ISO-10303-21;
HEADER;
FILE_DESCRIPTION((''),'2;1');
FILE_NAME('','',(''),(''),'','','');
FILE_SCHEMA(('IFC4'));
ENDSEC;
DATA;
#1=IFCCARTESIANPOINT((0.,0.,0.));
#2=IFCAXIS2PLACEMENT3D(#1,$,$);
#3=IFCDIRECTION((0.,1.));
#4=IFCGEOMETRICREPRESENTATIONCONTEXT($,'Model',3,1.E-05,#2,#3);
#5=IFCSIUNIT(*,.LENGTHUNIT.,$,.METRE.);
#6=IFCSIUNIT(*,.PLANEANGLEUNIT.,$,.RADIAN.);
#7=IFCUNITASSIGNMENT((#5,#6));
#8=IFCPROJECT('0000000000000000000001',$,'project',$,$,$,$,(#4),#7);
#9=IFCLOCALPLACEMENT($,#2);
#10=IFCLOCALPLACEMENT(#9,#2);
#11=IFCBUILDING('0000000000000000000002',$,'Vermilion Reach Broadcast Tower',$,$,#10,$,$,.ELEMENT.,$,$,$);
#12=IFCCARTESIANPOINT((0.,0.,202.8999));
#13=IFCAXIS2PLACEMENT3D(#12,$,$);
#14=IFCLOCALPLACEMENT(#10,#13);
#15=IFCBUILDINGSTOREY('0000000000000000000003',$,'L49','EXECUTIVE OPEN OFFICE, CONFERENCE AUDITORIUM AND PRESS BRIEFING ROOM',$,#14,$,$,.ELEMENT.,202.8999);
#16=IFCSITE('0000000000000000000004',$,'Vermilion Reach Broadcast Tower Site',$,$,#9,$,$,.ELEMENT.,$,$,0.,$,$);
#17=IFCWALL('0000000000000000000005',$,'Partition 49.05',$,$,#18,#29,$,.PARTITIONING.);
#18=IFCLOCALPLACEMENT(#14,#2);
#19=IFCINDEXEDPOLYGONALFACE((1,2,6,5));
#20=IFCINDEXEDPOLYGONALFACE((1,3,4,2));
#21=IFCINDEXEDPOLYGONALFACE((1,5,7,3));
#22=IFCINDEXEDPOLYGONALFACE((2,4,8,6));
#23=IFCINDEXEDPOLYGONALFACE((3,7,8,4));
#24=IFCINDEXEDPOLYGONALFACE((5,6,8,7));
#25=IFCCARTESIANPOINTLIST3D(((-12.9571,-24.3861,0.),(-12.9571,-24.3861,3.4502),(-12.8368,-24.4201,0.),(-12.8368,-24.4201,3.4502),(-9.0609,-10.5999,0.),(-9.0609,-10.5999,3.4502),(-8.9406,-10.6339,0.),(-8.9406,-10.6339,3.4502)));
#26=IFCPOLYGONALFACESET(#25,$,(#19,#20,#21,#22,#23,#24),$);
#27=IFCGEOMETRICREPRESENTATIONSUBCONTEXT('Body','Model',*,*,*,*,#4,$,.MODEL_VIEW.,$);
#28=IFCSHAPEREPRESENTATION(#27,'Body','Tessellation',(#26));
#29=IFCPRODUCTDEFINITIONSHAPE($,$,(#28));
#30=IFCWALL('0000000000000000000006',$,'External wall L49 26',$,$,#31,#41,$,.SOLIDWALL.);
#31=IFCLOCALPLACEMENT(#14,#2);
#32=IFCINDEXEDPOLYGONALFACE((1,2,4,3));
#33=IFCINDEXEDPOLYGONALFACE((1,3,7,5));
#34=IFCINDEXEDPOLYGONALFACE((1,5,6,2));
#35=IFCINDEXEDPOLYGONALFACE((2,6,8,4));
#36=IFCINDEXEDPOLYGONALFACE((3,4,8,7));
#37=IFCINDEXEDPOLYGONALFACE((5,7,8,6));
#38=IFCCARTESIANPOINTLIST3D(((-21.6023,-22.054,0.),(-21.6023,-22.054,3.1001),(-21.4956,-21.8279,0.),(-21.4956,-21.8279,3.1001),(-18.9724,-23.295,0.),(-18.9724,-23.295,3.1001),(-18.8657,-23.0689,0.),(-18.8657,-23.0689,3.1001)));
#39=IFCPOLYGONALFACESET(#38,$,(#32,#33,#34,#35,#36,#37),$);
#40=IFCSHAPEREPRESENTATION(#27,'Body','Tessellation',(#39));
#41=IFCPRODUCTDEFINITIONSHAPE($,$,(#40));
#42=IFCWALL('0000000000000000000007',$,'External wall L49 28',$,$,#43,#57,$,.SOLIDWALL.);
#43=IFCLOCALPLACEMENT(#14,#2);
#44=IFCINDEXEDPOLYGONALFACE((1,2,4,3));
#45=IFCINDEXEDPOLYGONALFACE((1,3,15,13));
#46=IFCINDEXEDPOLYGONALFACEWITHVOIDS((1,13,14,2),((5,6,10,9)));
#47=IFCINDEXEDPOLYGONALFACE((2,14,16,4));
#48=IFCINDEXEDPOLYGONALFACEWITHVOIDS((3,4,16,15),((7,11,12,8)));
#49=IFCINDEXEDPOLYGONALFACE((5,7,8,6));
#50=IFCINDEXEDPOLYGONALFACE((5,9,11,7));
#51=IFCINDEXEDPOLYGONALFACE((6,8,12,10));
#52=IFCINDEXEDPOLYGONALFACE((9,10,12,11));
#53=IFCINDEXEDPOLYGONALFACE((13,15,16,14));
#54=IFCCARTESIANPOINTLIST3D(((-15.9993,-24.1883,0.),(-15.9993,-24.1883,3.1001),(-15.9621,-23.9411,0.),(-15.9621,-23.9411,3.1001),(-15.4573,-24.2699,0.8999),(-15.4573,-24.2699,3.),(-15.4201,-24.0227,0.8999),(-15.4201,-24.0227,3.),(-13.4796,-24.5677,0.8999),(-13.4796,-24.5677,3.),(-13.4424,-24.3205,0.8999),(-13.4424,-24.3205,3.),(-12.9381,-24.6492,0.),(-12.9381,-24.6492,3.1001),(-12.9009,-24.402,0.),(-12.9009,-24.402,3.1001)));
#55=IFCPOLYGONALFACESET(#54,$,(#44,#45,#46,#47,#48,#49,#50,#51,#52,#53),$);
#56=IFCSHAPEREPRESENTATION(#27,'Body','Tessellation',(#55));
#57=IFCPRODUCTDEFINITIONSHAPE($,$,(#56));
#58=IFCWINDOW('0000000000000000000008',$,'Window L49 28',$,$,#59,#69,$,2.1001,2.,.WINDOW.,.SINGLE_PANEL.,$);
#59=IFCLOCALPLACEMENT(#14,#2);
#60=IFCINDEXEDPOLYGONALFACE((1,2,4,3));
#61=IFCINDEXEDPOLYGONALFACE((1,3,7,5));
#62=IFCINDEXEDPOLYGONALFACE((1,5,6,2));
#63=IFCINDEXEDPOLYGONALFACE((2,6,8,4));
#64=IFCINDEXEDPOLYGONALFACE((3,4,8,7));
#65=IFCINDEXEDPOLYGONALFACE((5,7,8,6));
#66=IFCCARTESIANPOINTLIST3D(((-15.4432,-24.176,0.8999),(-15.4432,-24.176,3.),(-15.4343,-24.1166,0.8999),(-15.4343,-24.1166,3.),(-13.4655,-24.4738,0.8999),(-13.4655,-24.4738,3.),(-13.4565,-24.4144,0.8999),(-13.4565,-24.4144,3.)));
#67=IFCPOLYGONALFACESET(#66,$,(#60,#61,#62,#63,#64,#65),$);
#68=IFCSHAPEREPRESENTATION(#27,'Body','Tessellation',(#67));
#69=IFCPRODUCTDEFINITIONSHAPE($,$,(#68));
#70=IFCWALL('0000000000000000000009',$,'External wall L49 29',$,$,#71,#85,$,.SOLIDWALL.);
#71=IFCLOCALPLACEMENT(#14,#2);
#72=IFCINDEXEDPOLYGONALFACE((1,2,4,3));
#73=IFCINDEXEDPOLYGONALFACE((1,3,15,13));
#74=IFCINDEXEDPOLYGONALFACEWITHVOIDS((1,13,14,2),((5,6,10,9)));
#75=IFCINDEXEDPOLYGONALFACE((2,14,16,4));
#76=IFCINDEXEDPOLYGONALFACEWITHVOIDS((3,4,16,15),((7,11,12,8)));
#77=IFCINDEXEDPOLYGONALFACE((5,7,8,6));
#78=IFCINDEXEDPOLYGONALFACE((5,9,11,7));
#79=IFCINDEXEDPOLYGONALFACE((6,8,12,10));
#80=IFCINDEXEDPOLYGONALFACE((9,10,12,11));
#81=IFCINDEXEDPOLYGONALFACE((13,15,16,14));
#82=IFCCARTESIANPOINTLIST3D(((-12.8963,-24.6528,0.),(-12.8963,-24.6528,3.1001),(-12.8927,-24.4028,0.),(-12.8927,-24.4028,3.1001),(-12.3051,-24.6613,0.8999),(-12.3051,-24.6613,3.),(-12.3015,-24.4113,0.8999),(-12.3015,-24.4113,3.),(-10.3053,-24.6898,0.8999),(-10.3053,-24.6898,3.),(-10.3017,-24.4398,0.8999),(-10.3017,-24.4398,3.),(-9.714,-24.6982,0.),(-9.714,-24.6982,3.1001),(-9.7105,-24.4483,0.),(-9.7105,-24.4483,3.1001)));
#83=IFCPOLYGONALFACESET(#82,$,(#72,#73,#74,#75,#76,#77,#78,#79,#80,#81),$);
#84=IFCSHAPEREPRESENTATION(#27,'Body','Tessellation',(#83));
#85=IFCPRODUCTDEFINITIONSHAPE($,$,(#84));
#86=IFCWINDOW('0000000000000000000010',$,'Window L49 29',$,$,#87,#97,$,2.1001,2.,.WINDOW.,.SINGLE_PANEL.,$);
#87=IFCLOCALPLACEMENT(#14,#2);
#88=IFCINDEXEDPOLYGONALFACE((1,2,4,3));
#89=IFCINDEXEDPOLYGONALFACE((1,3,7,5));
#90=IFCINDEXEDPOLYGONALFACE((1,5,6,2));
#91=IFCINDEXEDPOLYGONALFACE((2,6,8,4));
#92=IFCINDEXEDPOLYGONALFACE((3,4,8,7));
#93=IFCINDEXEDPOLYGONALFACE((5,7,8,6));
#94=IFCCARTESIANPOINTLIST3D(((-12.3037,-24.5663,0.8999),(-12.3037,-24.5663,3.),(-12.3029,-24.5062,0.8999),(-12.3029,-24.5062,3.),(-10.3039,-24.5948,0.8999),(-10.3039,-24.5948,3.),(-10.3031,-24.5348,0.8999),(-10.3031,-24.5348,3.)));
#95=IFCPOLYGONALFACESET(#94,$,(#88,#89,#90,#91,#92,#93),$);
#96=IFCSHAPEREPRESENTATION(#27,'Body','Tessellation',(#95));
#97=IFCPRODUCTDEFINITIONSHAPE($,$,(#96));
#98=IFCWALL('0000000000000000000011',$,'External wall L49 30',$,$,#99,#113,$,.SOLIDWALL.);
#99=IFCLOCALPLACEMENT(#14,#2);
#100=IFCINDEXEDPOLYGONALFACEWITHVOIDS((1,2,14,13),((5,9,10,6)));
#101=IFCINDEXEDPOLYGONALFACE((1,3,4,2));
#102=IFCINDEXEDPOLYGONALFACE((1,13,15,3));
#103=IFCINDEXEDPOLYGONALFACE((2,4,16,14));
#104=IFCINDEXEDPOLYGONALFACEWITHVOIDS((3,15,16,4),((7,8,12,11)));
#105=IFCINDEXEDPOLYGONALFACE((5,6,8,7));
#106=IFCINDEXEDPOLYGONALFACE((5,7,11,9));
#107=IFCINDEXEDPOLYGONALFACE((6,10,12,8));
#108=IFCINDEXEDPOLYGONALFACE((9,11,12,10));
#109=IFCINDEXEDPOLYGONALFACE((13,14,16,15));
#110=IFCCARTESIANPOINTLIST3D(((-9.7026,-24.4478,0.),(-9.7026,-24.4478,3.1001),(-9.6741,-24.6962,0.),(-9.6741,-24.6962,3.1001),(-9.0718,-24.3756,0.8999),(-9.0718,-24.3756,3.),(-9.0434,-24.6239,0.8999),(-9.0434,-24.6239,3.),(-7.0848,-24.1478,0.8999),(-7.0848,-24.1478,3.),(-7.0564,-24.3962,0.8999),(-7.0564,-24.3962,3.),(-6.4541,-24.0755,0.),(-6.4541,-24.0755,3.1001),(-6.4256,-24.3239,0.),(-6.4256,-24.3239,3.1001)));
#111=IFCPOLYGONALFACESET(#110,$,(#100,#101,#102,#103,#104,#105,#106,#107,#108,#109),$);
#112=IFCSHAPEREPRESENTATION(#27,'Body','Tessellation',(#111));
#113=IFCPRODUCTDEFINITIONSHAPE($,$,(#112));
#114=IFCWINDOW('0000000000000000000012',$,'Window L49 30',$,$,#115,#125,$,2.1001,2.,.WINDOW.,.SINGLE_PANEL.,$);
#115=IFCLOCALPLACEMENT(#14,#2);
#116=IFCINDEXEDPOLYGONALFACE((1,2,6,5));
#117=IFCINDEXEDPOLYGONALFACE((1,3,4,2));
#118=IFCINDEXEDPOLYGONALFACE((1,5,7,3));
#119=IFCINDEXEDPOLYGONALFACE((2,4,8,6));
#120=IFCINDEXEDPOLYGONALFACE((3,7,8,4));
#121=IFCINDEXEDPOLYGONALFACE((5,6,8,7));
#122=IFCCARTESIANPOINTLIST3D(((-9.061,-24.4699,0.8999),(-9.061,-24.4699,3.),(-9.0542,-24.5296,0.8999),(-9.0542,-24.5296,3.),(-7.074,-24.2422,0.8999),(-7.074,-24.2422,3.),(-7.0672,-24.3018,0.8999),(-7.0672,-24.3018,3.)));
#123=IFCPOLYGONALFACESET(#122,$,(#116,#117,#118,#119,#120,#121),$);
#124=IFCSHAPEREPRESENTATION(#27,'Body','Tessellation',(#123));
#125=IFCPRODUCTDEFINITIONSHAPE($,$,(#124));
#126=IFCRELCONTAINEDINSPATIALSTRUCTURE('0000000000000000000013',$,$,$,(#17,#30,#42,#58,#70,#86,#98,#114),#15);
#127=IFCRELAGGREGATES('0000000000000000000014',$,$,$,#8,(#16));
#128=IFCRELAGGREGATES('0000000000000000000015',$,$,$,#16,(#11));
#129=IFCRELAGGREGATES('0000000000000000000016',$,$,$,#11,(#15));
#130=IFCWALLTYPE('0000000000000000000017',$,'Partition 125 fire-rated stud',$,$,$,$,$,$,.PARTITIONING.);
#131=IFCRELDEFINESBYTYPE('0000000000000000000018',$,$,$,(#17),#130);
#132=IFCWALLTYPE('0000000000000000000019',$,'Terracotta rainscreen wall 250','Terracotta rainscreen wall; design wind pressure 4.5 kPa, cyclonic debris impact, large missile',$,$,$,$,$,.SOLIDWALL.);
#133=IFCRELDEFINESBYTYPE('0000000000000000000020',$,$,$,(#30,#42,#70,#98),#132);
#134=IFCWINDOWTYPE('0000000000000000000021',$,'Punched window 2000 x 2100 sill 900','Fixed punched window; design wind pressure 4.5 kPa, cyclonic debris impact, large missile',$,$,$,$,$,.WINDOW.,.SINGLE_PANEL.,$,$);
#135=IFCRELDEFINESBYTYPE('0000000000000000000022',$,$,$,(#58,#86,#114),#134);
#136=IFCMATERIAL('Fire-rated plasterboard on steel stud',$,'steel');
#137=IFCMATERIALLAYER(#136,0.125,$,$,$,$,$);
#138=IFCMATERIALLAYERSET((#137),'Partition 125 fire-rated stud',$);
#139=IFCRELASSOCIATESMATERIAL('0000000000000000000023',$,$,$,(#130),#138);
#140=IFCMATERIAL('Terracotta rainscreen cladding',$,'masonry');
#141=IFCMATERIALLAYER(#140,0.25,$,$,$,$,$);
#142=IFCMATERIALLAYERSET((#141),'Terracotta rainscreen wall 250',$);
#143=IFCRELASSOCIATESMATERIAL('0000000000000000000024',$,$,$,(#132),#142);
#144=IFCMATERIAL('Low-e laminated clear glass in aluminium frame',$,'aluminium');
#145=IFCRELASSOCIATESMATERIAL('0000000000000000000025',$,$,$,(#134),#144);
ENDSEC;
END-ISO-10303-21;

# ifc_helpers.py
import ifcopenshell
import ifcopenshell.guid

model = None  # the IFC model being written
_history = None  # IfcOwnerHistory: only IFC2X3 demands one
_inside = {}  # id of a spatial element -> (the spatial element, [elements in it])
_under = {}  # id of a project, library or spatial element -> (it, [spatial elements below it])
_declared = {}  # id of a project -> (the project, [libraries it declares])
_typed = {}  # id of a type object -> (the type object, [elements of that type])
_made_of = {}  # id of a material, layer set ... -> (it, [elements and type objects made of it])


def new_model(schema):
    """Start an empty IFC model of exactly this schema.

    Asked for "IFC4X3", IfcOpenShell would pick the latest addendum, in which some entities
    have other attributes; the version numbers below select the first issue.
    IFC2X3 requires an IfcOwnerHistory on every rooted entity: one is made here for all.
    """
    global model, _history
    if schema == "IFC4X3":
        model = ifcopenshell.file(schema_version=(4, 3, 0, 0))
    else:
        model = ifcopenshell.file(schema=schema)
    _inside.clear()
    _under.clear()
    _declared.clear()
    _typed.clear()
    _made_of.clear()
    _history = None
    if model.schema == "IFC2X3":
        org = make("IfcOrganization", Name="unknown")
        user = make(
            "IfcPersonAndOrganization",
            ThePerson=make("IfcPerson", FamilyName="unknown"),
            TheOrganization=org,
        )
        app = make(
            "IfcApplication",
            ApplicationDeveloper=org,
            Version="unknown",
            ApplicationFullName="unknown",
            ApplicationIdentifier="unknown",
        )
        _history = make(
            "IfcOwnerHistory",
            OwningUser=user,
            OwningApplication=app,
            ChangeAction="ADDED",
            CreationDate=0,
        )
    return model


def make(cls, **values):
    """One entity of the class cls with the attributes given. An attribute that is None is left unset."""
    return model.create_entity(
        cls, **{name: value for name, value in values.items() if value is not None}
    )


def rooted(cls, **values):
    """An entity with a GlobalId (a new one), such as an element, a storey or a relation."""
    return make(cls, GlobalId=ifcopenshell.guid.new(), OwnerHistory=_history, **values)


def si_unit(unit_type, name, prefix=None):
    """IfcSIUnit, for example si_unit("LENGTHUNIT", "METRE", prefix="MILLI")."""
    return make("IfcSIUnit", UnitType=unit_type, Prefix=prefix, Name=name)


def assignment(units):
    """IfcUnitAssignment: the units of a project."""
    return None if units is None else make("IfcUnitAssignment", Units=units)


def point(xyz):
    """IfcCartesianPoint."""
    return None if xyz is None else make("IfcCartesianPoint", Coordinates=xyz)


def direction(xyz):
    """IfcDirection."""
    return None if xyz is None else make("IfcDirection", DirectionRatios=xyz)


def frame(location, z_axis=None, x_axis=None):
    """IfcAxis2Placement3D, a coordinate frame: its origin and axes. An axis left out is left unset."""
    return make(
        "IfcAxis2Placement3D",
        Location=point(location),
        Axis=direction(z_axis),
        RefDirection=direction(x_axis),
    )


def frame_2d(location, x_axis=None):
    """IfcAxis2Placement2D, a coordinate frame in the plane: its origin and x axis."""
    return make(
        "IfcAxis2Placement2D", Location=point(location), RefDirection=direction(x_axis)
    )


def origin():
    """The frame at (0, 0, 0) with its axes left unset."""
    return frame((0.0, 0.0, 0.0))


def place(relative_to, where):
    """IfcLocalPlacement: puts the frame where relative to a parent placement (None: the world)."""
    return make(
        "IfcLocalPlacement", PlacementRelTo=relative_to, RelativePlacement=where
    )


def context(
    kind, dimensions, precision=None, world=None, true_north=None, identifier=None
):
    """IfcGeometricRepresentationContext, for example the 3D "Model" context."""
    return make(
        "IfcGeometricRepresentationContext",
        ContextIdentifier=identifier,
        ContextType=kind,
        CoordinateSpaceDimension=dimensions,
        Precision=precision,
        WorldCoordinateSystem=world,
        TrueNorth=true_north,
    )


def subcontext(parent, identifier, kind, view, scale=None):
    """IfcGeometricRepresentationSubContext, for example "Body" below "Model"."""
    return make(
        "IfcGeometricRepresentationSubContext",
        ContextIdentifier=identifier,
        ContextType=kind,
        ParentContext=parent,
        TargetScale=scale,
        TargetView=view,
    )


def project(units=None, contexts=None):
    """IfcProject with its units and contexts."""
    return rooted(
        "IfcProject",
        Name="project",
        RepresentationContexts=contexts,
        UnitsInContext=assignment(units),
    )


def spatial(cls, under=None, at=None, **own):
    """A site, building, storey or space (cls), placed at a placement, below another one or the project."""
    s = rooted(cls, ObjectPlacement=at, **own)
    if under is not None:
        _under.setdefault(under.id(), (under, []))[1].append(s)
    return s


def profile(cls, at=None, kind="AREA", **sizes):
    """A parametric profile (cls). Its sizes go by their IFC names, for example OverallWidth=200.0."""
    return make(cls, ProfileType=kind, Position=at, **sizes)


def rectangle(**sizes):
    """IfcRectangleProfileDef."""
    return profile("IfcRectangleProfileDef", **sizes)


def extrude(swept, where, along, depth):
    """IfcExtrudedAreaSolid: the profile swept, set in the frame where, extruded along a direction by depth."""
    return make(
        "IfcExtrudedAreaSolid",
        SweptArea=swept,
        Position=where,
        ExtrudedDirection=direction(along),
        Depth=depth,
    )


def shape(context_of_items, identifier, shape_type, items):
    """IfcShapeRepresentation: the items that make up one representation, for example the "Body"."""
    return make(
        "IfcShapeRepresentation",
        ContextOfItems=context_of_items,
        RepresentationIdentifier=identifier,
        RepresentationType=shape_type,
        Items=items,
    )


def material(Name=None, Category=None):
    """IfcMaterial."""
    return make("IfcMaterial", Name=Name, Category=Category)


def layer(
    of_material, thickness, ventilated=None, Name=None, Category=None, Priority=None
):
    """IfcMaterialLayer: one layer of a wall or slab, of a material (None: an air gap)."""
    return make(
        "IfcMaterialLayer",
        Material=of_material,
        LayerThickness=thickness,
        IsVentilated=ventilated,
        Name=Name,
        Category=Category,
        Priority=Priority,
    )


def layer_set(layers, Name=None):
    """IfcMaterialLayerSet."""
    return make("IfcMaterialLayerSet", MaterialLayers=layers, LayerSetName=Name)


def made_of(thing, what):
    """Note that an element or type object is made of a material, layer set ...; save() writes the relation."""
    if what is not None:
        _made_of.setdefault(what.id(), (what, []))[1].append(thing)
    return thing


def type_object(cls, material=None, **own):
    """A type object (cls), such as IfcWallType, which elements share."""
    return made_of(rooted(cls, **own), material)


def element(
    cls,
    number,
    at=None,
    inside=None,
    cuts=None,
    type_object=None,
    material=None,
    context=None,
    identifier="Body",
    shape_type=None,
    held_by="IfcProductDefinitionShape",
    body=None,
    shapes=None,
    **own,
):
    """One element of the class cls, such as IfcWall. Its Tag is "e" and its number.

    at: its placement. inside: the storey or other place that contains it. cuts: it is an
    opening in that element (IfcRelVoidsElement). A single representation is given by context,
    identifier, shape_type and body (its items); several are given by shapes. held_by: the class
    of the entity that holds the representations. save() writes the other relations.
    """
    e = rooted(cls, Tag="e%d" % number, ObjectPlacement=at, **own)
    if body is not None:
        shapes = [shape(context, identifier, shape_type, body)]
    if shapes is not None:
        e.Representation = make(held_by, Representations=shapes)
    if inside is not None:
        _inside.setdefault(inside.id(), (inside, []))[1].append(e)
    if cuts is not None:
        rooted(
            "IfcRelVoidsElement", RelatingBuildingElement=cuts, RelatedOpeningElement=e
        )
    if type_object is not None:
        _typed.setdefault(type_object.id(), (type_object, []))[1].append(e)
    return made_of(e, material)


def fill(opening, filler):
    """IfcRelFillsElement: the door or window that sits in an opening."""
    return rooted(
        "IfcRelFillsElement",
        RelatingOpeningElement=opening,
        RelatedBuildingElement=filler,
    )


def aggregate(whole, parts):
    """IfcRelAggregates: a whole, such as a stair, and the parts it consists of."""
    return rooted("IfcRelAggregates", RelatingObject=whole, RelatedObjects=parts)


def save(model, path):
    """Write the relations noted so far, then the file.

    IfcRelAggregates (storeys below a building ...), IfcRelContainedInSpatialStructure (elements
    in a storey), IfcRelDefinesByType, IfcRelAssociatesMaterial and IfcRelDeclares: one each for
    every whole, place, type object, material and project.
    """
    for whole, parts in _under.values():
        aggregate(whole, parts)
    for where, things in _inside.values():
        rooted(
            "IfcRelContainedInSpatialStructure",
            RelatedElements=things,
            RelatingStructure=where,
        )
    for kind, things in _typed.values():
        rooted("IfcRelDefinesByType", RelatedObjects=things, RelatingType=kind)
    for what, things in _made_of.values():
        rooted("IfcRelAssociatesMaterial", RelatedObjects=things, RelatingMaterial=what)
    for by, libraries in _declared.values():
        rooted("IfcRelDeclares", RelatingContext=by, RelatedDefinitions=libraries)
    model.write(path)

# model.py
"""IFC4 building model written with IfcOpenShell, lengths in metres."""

from ifc_helpers import new_model, si_unit, direction, frame, frame_2d, origin, place, context, subcontext, project, spatial, rectangle, extrude, material, layer, layer_set, type_object, element, fill, save


model = new_model("IFC4")

# Units and contexts
model_context = context("Model", 3, precision=1e-05, world=origin(), true_north=direction((0.0, 1.0)))
body_context = subcontext(model_context, "Body", "Model", "MODEL_VIEW")
ifc_project = project(units=[si_unit("LENGTHUNIT", "METRE"), si_unit("PLANEANGLEUNIT", "RADIAN")], contexts=[model_context])

# Site, building, storey
site_placement = place(None, origin())
site = spatial("IfcSite", under=ifc_project, at=site_placement, Name="Vermilion Reach Broadcast Tower Site", CompositionType="ELEMENT", RefElevation=0.0)
building_placement = place(site_placement, origin())
building = spatial("IfcBuilding", under=site, at=building_placement, Name="Vermilion Reach Broadcast Tower", CompositionType="ELEMENT")
storey_placement = place(building_placement, frame((0.0, 0.0, 202.8999)))
storey = spatial("IfcBuildingStorey", under=building, at=storey_placement, Name="L49", Description="EXECUTIVE OPEN OFFICE, CONFERENCE AUDITORIUM AND PRESS BRIEFING ROOM", CompositionType="ELEMENT", Elevation=202.8999)

# Walls
ifc_material_1 = material(Name="Fire-rated plasterboard on steel stud", Category="steel")
ifc_layer_1 = layer(ifc_material_1, 0.125)
ifc_layer_set_1 = layer_set([ifc_layer_1], Name="Partition 125 fire-rated stud")
wall_type_1 = type_object("IfcWallType", Name="Partition 125 fire-rated stud", PredefinedType="PARTITIONING", material=ifc_layer_set_1)
wall_1_placement = place(storey_placement, frame((-12.897, -24.4031, 0.0), z_axis=(0.0, 0.0, 1.0), x_axis=(0.271967, 0.962306, 0.0)))
element("IfcWall", 1, at=wall_1_placement, inside=storey, type_object=wall_type_1, Name="Partition 49.05", PredefinedType="PARTITIONING", context=body_context, shape_type="SweptSolid", body=[
    extrude(rectangle(XDim=14.3262, YDim=0.125, at=frame_2d((7.1631, 0.0))), origin(), (0.0, 0.0, 1.0), 3.4502),
])
ifc_material_2 = material(Name="Terracotta rainscreen cladding", Category="masonry")
ifc_layer_2 = layer(ifc_material_2, 0.25)
ifc_layer_set_2 = layer_set([ifc_layer_2], Name="Terracotta rainscreen wall 250")
wall_type_2 = type_object("IfcWallType", Name="Terracotta rainscreen wall 250", Description="Terracotta rainscreen wall; design wind pressure 4.5 kPa, cyclonic debris impact, large missile", PredefinedType="SOLIDWALL", material=ifc_layer_set_2)
wall_2_placement = place(storey_placement, frame((-21.5491, -21.9409, 0.0), z_axis=(0.0, 0.0, 1.0), x_axis=(0.904371, -0.426747, 0.0)))
element("IfcWall", 2, at=wall_2_placement, inside=storey, type_object=wall_type_2, Name="External wall L49 26", PredefinedType="SOLIDWALL", context=body_context, shape_type="SweptSolid", body=[
    extrude(rectangle(XDim=2.908, YDim=0.25, at=frame_2d((1.4541, 0.0))), origin(), (0.0, 0.0, 1.0), 3.1001),
])

# Walls, openings, windows
wall_3_placement = place(storey_placement, frame((-15.9807, -24.0647, 0.0), z_axis=(0.0, 0.0, 1.0), x_axis=(0.988853, -0.148892, 0.0)))
wall_3 = element("IfcWall", 3, at=wall_3_placement, inside=storey, type_object=wall_type_2, Name="External wall L49 28", PredefinedType="SOLIDWALL", context=body_context, shape_type="SweptSolid", body=[
    extrude(rectangle(XDim=3.0957, YDim=0.25, at=frame_2d((1.5479, 0.0))), origin(), (0.0, 0.0, 1.0), 3.1001),
])
opening_1_placement = place(wall_3_placement, frame((0.5481, 0.0, 0.8999)))
opening_1 = element("IfcOpeningElement", 4, at=opening_1_placement, cuts=wall_3, PredefinedType="OPENING", context=body_context, shape_type="SweptSolid", body=[
    extrude(rectangle(XDim=2.0, YDim=2.1001, at=frame_2d((1.0, 1.05))), frame((0.0, 0.135, 0.0), z_axis=(0.0, -1.0, 0.0), x_axis=(1.0, 0.0, 0.0)), (0.0, 0.0, 1.0), 0.27),
])
ifc_material_3 = material(Name="Low-e laminated clear glass in aluminium frame", Category="aluminium")
window_type = type_object("IfcWindowType", Name="Punched window 2000 x 2100 sill 900", Description="Fixed punched window; design wind pressure 4.5 kPa, cyclonic debris impact, large missile", PartitioningType="SINGLE_PANEL", PredefinedType="WINDOW", material=ifc_material_3)
window_1_placement = place(opening_1_placement, origin())
window_1 = element("IfcWindow", 5, at=window_1_placement, inside=storey, type_object=window_type, Name="Window L49 28", OverallHeight=2.1001, OverallWidth=2.0, PartitioningType="SINGLE_PANEL", PredefinedType="WINDOW", context=body_context, shape_type="SweptSolid", body=[
    extrude(rectangle(XDim=2.0, YDim=2.1001, at=frame_2d((1.0, 1.05))), frame((0.0, 0.03, 0.0), z_axis=(0.0, -1.0, 0.0), x_axis=(1.0, 0.0, 0.0)), (0.0, 0.0, 1.0), 0.0601),
])
fill(opening_1, window_1)
wall_4_placement = place(storey_placement, frame((-12.8945, -24.5278, 0.0), z_axis=(0.0, 0.0, 1.0), x_axis=(0.999898, -0.014268, 0.0)))
wall_4 = element("IfcWall", 6, at=wall_4_placement, inside=storey, type_object=wall_type_2, Name="External wall L49 29", PredefinedType="SOLIDWALL", context=body_context, shape_type="SweptSolid", body=[
    extrude(rectangle(XDim=3.1826, YDim=0.25, at=frame_2d((1.5913, 0.0))), origin(), (0.0, 0.0, 1.0), 3.1001),
])
opening_2_placement = place(wall_4_placement, frame((0.5913, 0.0, 0.8999)))
opening_2 = element("IfcOpeningElement", 7, at=opening_2_placement, cuts=wall_4, PredefinedType="OPENING", context=body_context, shape_type="SweptSolid", body=[
    extrude(rectangle(XDim=2.0, YDim=2.1001, at=frame_2d((1.0, 1.05))), frame((0.0, 0.135, 0.0), z_axis=(0.0, -1.0, 0.0), x_axis=(1.0, 0.0, 0.0)), (0.0, 0.0, 1.0), 0.27),
])
window_2_placement = place(opening_2_placement, origin())
window_2 = element("IfcWindow", 8, at=window_2_placement, inside=storey, type_object=window_type, Name="Window L49 29", OverallHeight=2.1001, OverallWidth=2.0, PartitioningType="SINGLE_PANEL", PredefinedType="WINDOW", context=body_context, shape_type="SweptSolid", body=[
    extrude(rectangle(XDim=2.0, YDim=2.1001, at=frame_2d((1.0, 1.05))), frame((0.0, 0.03, 0.0), z_axis=(0.0, -1.0, 0.0), x_axis=(1.0, 0.0, 0.0)), (0.0, 0.0, 1.0), 0.0601),
])
fill(opening_2, window_2)
wall_5_placement = place(storey_placement, frame((-9.6882, -24.572, 0.0), z_axis=(0.0, 0.0, 1.0), x_axis=(0.993496, 0.113865, 0.0)))
wall_5 = element("IfcWall", 9, at=wall_5_placement, inside=storey, type_object=wall_type_2, Name="External wall L49 30", PredefinedType="SOLIDWALL", context=body_context, shape_type="SweptSolid", body=[
    extrude(rectangle(XDim=3.2698, YDim=0.25, at=frame_2d((1.6348, 0.0))), origin(), (0.0, 0.0, 1.0), 3.1001),
])
opening_3_placement = place(wall_5_placement, frame((0.6348, 0.0, 0.8999)))
opening_3 = element("IfcOpeningElement", 10, at=opening_3_placement, cuts=wall_5, PredefinedType="OPENING", context=body_context, shape_type="SweptSolid", body=[
    extrude(rectangle(XDim=2.0, YDim=2.1001, at=frame_2d((1.0, 1.05))), frame((0.0, 0.135, 0.0), z_axis=(0.0, -1.0, 0.0), x_axis=(1.0, 0.0, 0.0)), (0.0, 0.0, 1.0), 0.27),
])
window_3_placement = place(opening_3_placement, origin())
window_3 = element("IfcWindow", 11, at=window_3_placement, inside=storey, type_object=window_type, Name="Window L49 30", OverallHeight=2.1001, OverallWidth=2.0, PartitioningType="SINGLE_PANEL", PredefinedType="WINDOW", context=body_context, shape_type="SweptSolid", body=[
    extrude(rectangle(XDim=2.0, YDim=2.1001, at=frame_2d((1.0, 1.05))), frame((0.0, 0.03, 0.0), z_axis=(0.0, -1.0, 0.0), x_axis=(1.0, 0.0, 0.0)), (0.0, 0.0, 1.0), 0.0601),
])
fill(opening_3, window_3)

save(model, "model.ifc")
